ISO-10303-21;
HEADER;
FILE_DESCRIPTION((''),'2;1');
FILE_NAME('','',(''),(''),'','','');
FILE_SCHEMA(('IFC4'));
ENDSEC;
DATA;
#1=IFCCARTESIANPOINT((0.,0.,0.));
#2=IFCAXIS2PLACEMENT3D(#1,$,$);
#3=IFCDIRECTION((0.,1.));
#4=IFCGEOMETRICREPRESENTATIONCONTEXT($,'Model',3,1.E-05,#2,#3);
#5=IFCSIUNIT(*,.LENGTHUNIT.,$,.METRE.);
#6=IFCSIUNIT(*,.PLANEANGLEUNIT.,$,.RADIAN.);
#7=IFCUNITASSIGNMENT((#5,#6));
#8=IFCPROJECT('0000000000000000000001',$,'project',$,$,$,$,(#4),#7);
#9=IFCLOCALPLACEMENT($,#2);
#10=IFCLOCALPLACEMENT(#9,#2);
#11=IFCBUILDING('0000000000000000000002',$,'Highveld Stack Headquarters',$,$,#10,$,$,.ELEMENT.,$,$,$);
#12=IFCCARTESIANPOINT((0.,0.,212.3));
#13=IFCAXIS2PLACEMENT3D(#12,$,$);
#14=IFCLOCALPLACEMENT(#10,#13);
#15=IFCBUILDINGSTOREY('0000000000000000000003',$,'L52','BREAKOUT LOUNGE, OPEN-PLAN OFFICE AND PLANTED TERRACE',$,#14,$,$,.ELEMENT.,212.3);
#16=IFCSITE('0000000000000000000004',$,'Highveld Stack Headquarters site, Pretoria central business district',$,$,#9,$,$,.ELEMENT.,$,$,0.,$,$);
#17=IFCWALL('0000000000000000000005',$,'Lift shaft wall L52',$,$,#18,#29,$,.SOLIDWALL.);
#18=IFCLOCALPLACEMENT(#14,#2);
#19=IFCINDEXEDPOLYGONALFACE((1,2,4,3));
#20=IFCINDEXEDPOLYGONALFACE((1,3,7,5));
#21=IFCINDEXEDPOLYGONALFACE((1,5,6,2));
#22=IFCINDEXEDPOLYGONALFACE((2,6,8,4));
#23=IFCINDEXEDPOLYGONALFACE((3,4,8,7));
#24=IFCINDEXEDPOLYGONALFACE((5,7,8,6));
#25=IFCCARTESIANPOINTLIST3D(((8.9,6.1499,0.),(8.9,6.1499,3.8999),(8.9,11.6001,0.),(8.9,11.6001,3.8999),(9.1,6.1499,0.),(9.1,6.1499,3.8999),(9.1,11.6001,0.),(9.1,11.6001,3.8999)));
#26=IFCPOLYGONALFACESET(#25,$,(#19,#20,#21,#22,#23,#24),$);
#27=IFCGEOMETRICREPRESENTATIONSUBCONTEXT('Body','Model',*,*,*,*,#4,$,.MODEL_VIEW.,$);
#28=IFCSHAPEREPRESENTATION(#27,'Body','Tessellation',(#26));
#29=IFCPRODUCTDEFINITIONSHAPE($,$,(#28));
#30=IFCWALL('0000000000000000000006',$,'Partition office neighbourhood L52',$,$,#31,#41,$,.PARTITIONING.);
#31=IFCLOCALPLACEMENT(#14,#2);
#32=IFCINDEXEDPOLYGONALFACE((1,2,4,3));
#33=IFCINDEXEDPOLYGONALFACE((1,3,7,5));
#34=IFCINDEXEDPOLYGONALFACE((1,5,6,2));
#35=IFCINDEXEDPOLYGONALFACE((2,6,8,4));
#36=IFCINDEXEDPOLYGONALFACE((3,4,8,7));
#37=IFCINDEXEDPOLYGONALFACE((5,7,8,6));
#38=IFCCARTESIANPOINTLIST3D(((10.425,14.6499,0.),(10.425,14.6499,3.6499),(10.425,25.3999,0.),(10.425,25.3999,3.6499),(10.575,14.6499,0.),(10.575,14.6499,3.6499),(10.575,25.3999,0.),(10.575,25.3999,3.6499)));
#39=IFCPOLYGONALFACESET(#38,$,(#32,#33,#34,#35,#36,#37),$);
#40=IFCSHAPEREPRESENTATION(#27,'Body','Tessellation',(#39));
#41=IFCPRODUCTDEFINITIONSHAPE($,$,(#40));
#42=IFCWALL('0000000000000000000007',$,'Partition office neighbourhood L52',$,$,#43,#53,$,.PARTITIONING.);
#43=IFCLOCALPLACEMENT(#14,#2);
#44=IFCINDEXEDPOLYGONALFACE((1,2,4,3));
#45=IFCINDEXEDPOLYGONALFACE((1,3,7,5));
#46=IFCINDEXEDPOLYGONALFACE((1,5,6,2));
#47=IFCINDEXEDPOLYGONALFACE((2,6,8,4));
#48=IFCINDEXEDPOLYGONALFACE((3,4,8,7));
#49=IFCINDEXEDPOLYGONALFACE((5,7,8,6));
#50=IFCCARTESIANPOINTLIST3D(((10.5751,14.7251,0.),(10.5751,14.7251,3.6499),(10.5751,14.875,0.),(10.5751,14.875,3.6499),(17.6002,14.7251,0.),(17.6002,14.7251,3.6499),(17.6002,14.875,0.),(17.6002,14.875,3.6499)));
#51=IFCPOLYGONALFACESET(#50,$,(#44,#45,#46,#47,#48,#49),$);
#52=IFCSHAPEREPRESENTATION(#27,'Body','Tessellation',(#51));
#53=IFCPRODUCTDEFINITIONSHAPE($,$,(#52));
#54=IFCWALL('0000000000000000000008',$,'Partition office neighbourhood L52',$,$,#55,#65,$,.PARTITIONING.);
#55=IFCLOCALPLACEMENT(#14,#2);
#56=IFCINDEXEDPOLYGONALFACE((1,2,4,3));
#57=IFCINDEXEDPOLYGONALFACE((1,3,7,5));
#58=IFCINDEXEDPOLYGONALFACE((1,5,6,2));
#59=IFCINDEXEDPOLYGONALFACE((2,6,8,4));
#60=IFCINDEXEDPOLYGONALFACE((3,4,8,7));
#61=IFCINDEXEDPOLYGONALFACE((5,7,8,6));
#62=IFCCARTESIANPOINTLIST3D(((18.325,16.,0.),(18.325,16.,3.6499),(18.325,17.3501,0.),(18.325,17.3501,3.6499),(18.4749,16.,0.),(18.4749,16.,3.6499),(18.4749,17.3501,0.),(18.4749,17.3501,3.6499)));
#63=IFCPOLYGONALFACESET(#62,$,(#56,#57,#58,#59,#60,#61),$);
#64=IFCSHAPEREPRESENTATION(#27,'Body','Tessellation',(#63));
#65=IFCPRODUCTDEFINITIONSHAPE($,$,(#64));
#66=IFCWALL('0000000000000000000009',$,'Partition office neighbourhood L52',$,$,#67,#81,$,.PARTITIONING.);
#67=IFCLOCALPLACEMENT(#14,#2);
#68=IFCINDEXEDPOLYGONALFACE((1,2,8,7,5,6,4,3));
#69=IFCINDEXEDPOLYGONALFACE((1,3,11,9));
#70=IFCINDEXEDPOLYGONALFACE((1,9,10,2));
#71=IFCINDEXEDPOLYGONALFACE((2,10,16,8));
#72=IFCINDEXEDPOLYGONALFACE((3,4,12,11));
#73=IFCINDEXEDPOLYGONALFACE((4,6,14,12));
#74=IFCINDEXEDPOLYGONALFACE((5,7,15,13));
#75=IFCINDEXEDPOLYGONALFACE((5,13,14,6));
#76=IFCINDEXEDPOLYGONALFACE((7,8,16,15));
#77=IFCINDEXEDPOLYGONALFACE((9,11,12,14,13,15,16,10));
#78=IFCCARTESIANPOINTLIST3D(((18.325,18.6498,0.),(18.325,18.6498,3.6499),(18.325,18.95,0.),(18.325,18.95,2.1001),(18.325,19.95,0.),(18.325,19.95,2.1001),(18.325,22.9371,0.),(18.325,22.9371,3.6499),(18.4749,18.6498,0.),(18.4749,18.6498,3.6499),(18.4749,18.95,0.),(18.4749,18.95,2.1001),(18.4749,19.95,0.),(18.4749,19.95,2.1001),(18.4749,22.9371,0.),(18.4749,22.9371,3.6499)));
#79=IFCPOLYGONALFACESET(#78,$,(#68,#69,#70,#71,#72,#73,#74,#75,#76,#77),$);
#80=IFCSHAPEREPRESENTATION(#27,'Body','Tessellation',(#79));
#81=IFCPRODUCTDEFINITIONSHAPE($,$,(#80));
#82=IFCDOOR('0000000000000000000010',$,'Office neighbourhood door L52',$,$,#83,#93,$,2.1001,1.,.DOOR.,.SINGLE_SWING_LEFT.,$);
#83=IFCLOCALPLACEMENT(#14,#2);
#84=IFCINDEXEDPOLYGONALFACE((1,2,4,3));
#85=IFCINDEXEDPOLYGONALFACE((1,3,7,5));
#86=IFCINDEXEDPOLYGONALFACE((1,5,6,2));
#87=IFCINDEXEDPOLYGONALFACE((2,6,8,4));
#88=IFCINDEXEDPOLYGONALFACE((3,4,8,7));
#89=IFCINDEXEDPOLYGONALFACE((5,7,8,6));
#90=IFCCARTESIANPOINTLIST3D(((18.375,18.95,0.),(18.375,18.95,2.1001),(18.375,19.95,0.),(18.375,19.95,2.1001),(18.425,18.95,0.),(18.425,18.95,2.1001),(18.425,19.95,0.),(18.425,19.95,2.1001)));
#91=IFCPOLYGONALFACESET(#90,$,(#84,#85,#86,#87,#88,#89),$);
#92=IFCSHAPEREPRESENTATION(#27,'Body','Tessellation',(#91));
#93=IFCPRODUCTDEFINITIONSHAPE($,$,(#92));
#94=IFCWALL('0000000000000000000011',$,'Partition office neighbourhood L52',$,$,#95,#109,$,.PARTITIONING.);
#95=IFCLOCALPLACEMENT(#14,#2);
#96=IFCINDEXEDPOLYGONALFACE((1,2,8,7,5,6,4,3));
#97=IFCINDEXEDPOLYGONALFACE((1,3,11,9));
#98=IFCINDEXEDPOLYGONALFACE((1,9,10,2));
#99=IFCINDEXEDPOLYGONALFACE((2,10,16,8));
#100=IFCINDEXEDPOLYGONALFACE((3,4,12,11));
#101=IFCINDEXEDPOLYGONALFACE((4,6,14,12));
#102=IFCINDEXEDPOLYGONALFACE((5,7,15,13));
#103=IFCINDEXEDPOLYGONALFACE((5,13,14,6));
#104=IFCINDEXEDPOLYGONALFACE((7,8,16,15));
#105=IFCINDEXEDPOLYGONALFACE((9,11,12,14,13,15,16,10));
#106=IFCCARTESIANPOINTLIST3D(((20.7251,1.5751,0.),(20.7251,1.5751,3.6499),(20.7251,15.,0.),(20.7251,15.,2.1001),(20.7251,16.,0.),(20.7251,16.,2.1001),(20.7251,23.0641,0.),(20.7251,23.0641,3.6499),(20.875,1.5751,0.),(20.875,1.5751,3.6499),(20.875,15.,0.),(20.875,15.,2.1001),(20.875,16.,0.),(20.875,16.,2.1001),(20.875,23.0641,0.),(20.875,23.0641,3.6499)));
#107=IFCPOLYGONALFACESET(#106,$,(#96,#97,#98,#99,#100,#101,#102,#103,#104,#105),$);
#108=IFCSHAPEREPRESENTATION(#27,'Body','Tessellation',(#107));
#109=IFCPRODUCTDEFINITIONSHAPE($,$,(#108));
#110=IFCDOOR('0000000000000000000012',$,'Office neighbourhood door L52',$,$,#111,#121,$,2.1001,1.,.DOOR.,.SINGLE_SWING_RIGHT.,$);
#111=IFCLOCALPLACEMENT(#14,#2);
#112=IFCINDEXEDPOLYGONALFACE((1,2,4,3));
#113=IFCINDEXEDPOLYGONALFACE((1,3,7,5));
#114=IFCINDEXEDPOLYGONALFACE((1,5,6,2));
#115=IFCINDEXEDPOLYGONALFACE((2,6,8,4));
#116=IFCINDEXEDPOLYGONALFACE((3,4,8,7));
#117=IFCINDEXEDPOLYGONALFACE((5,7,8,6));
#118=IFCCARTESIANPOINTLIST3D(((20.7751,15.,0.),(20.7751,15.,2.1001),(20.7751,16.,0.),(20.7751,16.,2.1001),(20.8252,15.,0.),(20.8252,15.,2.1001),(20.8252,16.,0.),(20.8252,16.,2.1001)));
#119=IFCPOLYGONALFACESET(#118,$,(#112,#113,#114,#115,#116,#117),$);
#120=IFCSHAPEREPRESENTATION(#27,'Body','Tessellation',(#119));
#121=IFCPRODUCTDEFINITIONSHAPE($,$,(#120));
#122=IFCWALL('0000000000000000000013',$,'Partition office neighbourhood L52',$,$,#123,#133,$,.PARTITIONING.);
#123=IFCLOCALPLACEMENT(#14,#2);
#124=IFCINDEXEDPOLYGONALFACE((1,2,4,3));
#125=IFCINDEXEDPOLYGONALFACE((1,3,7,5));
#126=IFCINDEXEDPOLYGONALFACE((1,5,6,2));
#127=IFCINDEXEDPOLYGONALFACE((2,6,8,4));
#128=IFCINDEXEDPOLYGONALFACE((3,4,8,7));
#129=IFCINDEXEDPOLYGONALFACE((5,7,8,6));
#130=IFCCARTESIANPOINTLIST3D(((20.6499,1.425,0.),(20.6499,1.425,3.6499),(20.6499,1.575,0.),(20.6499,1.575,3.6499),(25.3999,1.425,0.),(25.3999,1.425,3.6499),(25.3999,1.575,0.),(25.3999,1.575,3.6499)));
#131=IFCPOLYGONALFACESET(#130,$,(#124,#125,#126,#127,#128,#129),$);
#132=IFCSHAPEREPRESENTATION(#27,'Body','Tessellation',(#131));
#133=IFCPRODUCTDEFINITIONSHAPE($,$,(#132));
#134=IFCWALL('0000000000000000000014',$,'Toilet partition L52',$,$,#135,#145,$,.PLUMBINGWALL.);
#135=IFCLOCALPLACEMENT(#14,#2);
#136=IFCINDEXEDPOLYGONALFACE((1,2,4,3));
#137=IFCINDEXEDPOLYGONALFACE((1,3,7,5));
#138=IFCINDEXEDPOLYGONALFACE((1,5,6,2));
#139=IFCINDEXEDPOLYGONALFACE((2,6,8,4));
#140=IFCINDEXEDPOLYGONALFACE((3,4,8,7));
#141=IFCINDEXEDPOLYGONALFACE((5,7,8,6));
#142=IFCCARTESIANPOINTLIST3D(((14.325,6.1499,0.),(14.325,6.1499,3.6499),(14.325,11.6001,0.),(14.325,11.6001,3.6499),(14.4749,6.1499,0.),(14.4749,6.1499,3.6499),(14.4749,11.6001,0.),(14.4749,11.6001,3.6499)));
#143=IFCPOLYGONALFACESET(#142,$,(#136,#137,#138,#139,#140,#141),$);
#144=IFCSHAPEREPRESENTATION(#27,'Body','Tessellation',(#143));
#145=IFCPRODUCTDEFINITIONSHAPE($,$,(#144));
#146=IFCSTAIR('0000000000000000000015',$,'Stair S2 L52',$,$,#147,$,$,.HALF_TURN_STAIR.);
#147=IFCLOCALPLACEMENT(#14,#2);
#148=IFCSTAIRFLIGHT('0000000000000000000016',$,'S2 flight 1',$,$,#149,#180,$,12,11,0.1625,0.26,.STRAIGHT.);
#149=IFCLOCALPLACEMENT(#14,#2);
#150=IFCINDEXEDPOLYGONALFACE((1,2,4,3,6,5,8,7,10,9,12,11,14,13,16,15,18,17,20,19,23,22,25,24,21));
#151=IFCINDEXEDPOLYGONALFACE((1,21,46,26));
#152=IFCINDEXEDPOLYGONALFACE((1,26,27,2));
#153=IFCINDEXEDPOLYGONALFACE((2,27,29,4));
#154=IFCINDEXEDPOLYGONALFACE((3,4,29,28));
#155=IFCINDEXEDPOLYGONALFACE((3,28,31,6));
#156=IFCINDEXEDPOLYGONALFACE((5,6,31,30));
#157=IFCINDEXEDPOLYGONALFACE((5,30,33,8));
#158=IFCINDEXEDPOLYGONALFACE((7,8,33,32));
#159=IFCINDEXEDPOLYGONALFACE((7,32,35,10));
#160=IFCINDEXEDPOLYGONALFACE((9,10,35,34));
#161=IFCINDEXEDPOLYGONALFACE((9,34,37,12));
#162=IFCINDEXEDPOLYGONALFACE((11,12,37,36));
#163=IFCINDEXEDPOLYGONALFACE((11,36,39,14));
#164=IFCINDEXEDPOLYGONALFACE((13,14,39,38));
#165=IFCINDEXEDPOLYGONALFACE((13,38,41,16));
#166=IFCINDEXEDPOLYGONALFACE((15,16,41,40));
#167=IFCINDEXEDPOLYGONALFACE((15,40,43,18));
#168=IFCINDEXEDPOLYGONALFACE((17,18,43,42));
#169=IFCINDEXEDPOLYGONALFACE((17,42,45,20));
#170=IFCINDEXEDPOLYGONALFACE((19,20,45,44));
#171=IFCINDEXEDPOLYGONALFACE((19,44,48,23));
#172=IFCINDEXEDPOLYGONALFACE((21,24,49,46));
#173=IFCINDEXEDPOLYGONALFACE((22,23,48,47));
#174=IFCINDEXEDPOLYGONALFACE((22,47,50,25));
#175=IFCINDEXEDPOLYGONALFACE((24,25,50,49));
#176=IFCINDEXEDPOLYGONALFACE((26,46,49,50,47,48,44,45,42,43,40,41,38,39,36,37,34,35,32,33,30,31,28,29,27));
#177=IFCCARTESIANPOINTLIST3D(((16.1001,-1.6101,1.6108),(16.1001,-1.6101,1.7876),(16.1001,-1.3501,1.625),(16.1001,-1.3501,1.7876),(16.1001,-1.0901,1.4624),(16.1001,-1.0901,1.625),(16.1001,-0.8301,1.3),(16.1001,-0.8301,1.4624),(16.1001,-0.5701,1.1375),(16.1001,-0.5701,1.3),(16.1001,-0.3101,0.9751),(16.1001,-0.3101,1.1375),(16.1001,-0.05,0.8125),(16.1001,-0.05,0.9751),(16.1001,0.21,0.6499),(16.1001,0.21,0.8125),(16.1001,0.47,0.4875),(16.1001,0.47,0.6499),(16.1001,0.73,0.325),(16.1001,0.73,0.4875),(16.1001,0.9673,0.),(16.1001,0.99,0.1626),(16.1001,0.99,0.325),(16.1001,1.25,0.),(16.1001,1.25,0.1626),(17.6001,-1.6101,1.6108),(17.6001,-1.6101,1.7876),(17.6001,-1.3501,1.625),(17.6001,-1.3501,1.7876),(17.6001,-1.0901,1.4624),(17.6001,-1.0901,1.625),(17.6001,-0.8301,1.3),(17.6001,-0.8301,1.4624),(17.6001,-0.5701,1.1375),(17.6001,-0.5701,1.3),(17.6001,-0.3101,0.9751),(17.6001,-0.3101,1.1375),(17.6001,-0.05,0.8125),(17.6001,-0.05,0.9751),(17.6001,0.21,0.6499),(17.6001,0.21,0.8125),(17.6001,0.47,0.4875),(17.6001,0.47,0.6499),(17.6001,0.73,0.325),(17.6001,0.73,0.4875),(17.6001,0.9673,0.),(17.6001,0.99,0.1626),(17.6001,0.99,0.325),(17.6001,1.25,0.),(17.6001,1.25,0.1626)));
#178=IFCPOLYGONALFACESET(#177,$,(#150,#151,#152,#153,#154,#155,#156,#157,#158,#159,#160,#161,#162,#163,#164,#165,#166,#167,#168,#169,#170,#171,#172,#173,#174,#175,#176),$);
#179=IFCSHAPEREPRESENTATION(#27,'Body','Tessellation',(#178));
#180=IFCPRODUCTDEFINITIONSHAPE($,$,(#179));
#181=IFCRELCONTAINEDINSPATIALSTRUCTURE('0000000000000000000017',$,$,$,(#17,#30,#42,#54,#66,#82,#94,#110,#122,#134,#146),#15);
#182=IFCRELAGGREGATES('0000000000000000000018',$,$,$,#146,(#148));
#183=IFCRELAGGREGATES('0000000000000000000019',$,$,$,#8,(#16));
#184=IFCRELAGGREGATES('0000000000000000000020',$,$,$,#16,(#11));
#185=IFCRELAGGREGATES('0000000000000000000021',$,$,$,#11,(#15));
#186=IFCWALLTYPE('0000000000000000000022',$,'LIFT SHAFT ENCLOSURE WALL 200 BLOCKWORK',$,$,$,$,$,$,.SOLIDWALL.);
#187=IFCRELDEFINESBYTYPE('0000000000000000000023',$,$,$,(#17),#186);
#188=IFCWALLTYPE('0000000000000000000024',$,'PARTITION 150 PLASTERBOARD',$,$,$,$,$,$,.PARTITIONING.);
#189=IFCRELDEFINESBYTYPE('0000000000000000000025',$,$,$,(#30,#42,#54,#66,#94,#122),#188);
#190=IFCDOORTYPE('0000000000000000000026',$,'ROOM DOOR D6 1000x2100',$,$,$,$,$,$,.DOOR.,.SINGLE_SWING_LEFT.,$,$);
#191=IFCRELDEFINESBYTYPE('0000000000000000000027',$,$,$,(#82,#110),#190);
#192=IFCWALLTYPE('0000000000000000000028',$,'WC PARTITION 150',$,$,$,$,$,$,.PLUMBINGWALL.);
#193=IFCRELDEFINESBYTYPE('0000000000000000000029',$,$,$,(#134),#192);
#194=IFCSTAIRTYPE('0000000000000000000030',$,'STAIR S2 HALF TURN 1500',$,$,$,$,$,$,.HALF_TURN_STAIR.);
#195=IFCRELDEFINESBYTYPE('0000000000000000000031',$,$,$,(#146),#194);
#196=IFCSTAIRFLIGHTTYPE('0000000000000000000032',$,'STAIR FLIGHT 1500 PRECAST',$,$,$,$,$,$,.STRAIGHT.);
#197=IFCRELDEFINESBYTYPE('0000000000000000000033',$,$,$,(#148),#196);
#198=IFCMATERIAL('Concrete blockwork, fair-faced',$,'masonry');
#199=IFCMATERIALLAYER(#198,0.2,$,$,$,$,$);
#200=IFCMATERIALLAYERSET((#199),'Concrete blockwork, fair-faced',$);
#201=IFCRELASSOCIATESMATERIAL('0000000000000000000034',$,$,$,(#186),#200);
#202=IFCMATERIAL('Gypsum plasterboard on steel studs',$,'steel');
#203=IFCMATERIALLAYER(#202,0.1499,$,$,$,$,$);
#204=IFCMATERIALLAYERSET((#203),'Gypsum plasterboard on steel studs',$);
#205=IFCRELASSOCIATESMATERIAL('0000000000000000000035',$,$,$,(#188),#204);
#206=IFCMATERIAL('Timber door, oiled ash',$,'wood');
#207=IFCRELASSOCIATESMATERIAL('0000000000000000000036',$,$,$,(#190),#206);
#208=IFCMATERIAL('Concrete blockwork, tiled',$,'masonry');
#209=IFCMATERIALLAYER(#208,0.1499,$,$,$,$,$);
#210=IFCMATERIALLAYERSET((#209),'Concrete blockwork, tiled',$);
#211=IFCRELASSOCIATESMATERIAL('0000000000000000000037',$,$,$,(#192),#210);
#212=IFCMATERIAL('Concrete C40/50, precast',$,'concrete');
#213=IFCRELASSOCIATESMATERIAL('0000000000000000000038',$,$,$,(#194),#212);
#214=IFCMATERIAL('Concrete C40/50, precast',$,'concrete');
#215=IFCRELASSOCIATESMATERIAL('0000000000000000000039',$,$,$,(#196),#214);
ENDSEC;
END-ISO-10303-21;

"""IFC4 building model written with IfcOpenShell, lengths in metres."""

from ifc_helpers import new_model, si_unit, direction, frame, frame_2d, origin, place, context, subcontext, project, spatial, polyline, rectangle, outline, extrude, material, layer, layer_set, type_object, element, fill, aggregate, save


model = new_model("IFC4")

# Units and contexts
model_context = context("Model", 3, precision=1e-05, world=origin(), true_north=direction((0.0, 1.0)))
body_context = subcontext(model_context, "Body", "Model", "MODEL_VIEW")
ifc_project = project(units=[si_unit("LENGTHUNIT", "METRE"), si_unit("PLANEANGLEUNIT", "RADIAN")], contexts=[model_context])

# Site, building, storey
site_placement = place(None, origin())
site = spatial("IfcSite", under=ifc_project, at=site_placement, Name="Highveld Stack Headquarters site, Pretoria central business district", CompositionType="ELEMENT", RefElevation=0.0)
building_placement = place(site_placement, origin())
building = spatial("IfcBuilding", under=site, at=building_placement, Name="Highveld Stack Headquarters", CompositionType="ELEMENT")
storey_placement = place(building_placement, frame((0.0, 0.0, 212.3)))
storey = spatial("IfcBuildingStorey", under=building, at=storey_placement, Name="L52", Description="BREAKOUT LOUNGE, OPEN-PLAN OFFICE AND PLANTED TERRACE", CompositionType="ELEMENT", Elevation=212.3)

# Walls
ifc_material_1 = material(Name="Concrete blockwork, fair-faced", Category="masonry")
ifc_layer_1 = layer(ifc_material_1, 0.2)
ifc_layer_set_1 = layer_set([ifc_layer_1], Name="Concrete blockwork, fair-faced")
wall_type_1 = type_object("IfcWallType", Name="LIFT SHAFT ENCLOSURE WALL 200 BLOCKWORK", PredefinedType="SOLIDWALL", material=ifc_layer_set_1)
for number, where, z_axis, x_axis, name in (
    (1, (9.0, 6.1499, 0.0), (0.0, 0.0, 1.0), (0.0, 1.0, 0.0), "Lift shaft wall L52"),
):
    element("IfcWall", number, at=place(storey_placement, frame(where, z_axis=z_axis, x_axis=x_axis)), inside=storey, type_object=wall_type_1, Name=name, PredefinedType="SOLIDWALL", context=body_context, shape_type="SweptSolid", body=[
        extrude(rectangle(XDim=5.4502, YDim=0.2, at=frame_2d((2.7251, 0.0))), origin(), (0.0, 0.0, 1.0), 3.8999),
    ])
ifc_material_2 = material(Name="Gypsum plasterboard on steel studs", Category="steel")
ifc_layer_2 = layer(ifc_material_2, 0.1499)
ifc_layer_set_2 = layer_set([ifc_layer_2], Name="Gypsum plasterboard on steel studs")
wall_type_2 = type_object("IfcWallType", Name="PARTITION 150 PLASTERBOARD", PredefinedType="PARTITIONING", material=ifc_layer_set_2)
wall_1_placement = place(storey_placement, frame((10.5, 14.6499, 0.0), z_axis=(0.0, 0.0, 1.0), x_axis=(0.0, 1.0, 0.0)))
element("IfcWall", 2, at=wall_1_placement, inside=storey, type_object=wall_type_2, Name="Partition office neighbourhood L52", PredefinedType="PARTITIONING", context=body_context, shape_type="SweptSolid", body=[
    extrude(rectangle(XDim=10.75, YDim=0.1499, at=frame_2d((5.375, 0.0))), origin(), (0.0, 0.0, 1.0), 3.6499),
])
wall_2_placement = place(storey_placement, frame((10.575, 14.8, 0.0), z_axis=(0.0, 0.0, 1.0), x_axis=(1.0, 0.0, 0.0)))
element("IfcWall", 3, at=wall_2_placement, inside=storey, type_object=wall_type_2, Name="Partition office neighbourhood L52", PredefinedType="PARTITIONING", context=body_context, shape_type="SweptSolid", body=[
    extrude(rectangle(XDim=7.0251, YDim=0.1499, at=frame_2d((3.5127, 0.0))), origin(), (0.0, 0.0, 1.0), 3.6499),
])
wall_3_placement = place(storey_placement, frame((18.3999, 16.0, 0.0), z_axis=(0.0, 0.0, 1.0), x_axis=(0.0, 1.0, 0.0)))
element("IfcWall", 4, at=wall_3_placement, inside=storey, type_object=wall_type_2, Name="Partition office neighbourhood L52", PredefinedType="PARTITIONING", context=body_context, shape_type="SweptSolid", body=[
    extrude(rectangle(XDim=1.3501, YDim=0.1499, at=frame_2d((0.675, 0.0))), origin(), (0.0, 0.0, 1.0), 3.6499),
])

# Walls, openings, doors
wall_4_placement = place(storey_placement, frame((18.3999, 18.6499, 0.0), z_axis=(0.0, 0.0, 1.0), x_axis=(0.0, 1.0, 0.0)))
wall_4 = element("IfcWall", 5, at=wall_4_placement, inside=storey, type_object=wall_type_2, Name="Partition office neighbourhood L52", PredefinedType="PARTITIONING", context=body_context, shape_type="SweptSolid", body=[
    extrude(rectangle(XDim=4.2874, YDim=0.1499, at=frame_2d((2.1436, 0.0))), origin(), (0.0, 0.0, 1.0), 3.6499),
])
opening_1_placement = place(wall_4_placement, frame((0.3, 0.0, 0.0)))
opening_1 = element("IfcOpeningElement", 6, at=opening_1_placement, cuts=wall_4, PredefinedType="OPENING", context=body_context, shape_type="SweptSolid", body=[
    extrude(rectangle(XDim=1.0, YDim=2.1001, at=frame_2d((0.5, 1.05))), frame((0.0, 0.085, 0.0), z_axis=(0.0, -1.0, 0.0), x_axis=(1.0, 0.0, 0.0)), (0.0, 0.0, 1.0), 0.1699),
])
ifc_material_3 = material(Name="Timber door, oiled ash", Category="wood")
door_type_1 = type_object("IfcDoorType", Name="ROOM DOOR D6 1000x2100", OperationType="SINGLE_SWING_LEFT", PredefinedType="DOOR", material=ifc_material_3)
door_1_placement = place(opening_1_placement, origin())
door_1 = element("IfcDoor", 7, at=door_1_placement, inside=storey, type_object=door_type_1, Name="Office neighbourhood door L52", OperationType="SINGLE_SWING_LEFT", OverallHeight=2.1001, OverallWidth=1.0, PredefinedType="DOOR", context=body_context, shape_type="SweptSolid", body=[
    extrude(rectangle(XDim=1.0, YDim=2.1001, at=frame_2d((0.5, 1.05))), frame((0.0, 0.0249, 0.0), z_axis=(0.0, -1.0, 0.0), x_axis=(1.0, 0.0, 0.0)), (0.0, 0.0, 1.0), 0.05),
])
fill(opening_1, door_1)
wall_5_placement = place(storey_placement, frame((20.8, 1.575, 0.0), z_axis=(0.0, 0.0, 1.0), x_axis=(0.0, 1.0, 0.0)))
wall_5 = element("IfcWall", 8, at=wall_5_placement, inside=storey, type_object=wall_type_2, Name="Partition office neighbourhood L52", PredefinedType="PARTITIONING", context=body_context, shape_type="SweptSolid", body=[
    extrude(rectangle(XDim=21.489, YDim=0.1499, at=frame_2d((10.7446, 0.0))), origin(), (0.0, 0.0, 1.0), 3.6499),
])
opening_2_placement = place(wall_5_placement, frame((13.425, 0.0, 0.0)))
opening_2 = element("IfcOpeningElement", 9, at=opening_2_placement, cuts=wall_5, PredefinedType="OPENING", context=body_context, shape_type="SweptSolid", body=[
    extrude(rectangle(XDim=1.0, YDim=2.1001, at=frame_2d((0.5, 1.05))), frame((0.0, 0.085, 0.0), z_axis=(0.0, -1.0, 0.0), x_axis=(1.0, 0.0, 0.0)), (0.0, 0.0, 1.0), 0.1699),
])
door_2_placement = place(opening_2_placement, origin())
door_2 = element("IfcDoor", 10, at=door_2_placement, inside=storey, type_object=door_type_1, Name="Office neighbourhood door L52", OperationType="SINGLE_SWING_RIGHT", OverallHeight=2.1001, OverallWidth=1.0, PredefinedType="DOOR", context=body_context, shape_type="SweptSolid", body=[
    extrude(rectangle(XDim=1.0, YDim=2.1001, at=frame_2d((0.5, 1.05))), frame((0.0, 0.0249, 0.0), z_axis=(0.0, -1.0, 0.0), x_axis=(1.0, 0.0, 0.0)), (0.0, 0.0, 1.0), 0.05),
])
fill(opening_2, door_2)

# Walls
wall_6_placement = place(storey_placement, frame((20.6499, 1.5, 0.0), z_axis=(0.0, 0.0, 1.0), x_axis=(1.0, 0.0, 0.0)))
element("IfcWall", 11, at=wall_6_placement, inside=storey, type_object=wall_type_2, Name="Partition office neighbourhood L52", PredefinedType="PARTITIONING", context=body_context, shape_type="SweptSolid", body=[
    extrude(rectangle(XDim=4.75, YDim=0.1499, at=frame_2d((2.375, 0.0))), origin(), (0.0, 0.0, 1.0), 3.6499),
])
ifc_material_4 = material(Name="Concrete blockwork, tiled", Category="masonry")
ifc_layer_3 = layer(ifc_material_4, 0.1499)
ifc_layer_set_3 = layer_set([ifc_layer_3], Name="Concrete blockwork, tiled")
wall_type_3 = type_object("IfcWallType", Name="WC PARTITION 150", PredefinedType="PLUMBINGWALL", material=ifc_layer_set_3)
wall_7_placement = place(storey_placement, frame((14.3999, 6.1499, 0.0), z_axis=(0.0, 0.0, 1.0), x_axis=(0.0, 1.0, 0.0)))
element("IfcWall", 12, at=wall_7_placement, inside=storey, type_object=wall_type_3, Name="Toilet partition L52", PredefinedType="PLUMBINGWALL", context=body_context, shape_type="SweptSolid", body=[
    extrude(rectangle(XDim=5.4502, YDim=0.1499, at=frame_2d((2.7251, 0.0))), origin(), (0.0, 0.0, 1.0), 3.6499),
])

# Stair, stair flight
ifc_material_5 = material(Name="Concrete C40/50, precast", Category="concrete")
stair_type = type_object("IfcStairType", Name="STAIR S2 HALF TURN 1500", PredefinedType="HALF_TURN_STAIR", material=ifc_material_5)
stair_placement = place(storey_placement, origin())
stair = element("IfcStair", 13, at=stair_placement, inside=storey, type_object=stair_type, Name="Stair S2 L52", PredefinedType="HALF_TURN_STAIR")
ifc_material_6 = material(Name="Concrete C40/50, precast", Category="concrete")
stair_flight_type = type_object("IfcStairFlightType", Name="STAIR FLIGHT 1500 PRECAST", PredefinedType="STRAIGHT", material=ifc_material_6)
stair_flight_placement = place(storey_placement, frame((16.8501, 1.25, 0.0), z_axis=(0.0, 0.0, 1.0), x_axis=(0.0, -1.0, 0.0)))
stair_flight = element("IfcStairFlight", 14, at=stair_flight_placement, type_object=stair_flight_type, Name="S2 flight 1", NumberOfRisers=12, NumberOfTreads=11, PredefinedType="STRAIGHT", RiserHeight=0.1625, TreadLength=0.26, context=body_context, shape_type="SweptSolid", body=[
    extrude(outline(polyline([(0.0, 0.0), (0.0, 0.1626), (0.26, 0.1626), (0.26, 0.325), (0.52, 0.325), (0.52, 0.4875), (0.78, 0.4875), (0.78, 0.6499), (1.04, 0.6499), (1.04, 0.8125), (1.3, 0.8125), (1.3, 0.9751), (1.5601, 0.9751), (1.5601, 1.1375), (1.8201, 1.1375), (1.8201, 1.3), (2.0801, 1.3), (2.0801, 1.4624), (2.3401, 1.4624), (2.3401, 1.625), (2.6001, 1.625), (2.6001, 1.7876), (2.8601, 1.7876), (2.8601, 1.95), (2.8601, 1.6108), (0.2827, 0.0), (0.0, 0.0)])), frame((0.0, 0.75, 0.0), z_axis=(0.0, -1.0, 0.0), x_axis=(1.0, 0.0, 0.0)), (0.0, 0.0, 1.0), 1.5),
])
aggregate(stair, [stair_flight])

save(model, "model.ifc")
